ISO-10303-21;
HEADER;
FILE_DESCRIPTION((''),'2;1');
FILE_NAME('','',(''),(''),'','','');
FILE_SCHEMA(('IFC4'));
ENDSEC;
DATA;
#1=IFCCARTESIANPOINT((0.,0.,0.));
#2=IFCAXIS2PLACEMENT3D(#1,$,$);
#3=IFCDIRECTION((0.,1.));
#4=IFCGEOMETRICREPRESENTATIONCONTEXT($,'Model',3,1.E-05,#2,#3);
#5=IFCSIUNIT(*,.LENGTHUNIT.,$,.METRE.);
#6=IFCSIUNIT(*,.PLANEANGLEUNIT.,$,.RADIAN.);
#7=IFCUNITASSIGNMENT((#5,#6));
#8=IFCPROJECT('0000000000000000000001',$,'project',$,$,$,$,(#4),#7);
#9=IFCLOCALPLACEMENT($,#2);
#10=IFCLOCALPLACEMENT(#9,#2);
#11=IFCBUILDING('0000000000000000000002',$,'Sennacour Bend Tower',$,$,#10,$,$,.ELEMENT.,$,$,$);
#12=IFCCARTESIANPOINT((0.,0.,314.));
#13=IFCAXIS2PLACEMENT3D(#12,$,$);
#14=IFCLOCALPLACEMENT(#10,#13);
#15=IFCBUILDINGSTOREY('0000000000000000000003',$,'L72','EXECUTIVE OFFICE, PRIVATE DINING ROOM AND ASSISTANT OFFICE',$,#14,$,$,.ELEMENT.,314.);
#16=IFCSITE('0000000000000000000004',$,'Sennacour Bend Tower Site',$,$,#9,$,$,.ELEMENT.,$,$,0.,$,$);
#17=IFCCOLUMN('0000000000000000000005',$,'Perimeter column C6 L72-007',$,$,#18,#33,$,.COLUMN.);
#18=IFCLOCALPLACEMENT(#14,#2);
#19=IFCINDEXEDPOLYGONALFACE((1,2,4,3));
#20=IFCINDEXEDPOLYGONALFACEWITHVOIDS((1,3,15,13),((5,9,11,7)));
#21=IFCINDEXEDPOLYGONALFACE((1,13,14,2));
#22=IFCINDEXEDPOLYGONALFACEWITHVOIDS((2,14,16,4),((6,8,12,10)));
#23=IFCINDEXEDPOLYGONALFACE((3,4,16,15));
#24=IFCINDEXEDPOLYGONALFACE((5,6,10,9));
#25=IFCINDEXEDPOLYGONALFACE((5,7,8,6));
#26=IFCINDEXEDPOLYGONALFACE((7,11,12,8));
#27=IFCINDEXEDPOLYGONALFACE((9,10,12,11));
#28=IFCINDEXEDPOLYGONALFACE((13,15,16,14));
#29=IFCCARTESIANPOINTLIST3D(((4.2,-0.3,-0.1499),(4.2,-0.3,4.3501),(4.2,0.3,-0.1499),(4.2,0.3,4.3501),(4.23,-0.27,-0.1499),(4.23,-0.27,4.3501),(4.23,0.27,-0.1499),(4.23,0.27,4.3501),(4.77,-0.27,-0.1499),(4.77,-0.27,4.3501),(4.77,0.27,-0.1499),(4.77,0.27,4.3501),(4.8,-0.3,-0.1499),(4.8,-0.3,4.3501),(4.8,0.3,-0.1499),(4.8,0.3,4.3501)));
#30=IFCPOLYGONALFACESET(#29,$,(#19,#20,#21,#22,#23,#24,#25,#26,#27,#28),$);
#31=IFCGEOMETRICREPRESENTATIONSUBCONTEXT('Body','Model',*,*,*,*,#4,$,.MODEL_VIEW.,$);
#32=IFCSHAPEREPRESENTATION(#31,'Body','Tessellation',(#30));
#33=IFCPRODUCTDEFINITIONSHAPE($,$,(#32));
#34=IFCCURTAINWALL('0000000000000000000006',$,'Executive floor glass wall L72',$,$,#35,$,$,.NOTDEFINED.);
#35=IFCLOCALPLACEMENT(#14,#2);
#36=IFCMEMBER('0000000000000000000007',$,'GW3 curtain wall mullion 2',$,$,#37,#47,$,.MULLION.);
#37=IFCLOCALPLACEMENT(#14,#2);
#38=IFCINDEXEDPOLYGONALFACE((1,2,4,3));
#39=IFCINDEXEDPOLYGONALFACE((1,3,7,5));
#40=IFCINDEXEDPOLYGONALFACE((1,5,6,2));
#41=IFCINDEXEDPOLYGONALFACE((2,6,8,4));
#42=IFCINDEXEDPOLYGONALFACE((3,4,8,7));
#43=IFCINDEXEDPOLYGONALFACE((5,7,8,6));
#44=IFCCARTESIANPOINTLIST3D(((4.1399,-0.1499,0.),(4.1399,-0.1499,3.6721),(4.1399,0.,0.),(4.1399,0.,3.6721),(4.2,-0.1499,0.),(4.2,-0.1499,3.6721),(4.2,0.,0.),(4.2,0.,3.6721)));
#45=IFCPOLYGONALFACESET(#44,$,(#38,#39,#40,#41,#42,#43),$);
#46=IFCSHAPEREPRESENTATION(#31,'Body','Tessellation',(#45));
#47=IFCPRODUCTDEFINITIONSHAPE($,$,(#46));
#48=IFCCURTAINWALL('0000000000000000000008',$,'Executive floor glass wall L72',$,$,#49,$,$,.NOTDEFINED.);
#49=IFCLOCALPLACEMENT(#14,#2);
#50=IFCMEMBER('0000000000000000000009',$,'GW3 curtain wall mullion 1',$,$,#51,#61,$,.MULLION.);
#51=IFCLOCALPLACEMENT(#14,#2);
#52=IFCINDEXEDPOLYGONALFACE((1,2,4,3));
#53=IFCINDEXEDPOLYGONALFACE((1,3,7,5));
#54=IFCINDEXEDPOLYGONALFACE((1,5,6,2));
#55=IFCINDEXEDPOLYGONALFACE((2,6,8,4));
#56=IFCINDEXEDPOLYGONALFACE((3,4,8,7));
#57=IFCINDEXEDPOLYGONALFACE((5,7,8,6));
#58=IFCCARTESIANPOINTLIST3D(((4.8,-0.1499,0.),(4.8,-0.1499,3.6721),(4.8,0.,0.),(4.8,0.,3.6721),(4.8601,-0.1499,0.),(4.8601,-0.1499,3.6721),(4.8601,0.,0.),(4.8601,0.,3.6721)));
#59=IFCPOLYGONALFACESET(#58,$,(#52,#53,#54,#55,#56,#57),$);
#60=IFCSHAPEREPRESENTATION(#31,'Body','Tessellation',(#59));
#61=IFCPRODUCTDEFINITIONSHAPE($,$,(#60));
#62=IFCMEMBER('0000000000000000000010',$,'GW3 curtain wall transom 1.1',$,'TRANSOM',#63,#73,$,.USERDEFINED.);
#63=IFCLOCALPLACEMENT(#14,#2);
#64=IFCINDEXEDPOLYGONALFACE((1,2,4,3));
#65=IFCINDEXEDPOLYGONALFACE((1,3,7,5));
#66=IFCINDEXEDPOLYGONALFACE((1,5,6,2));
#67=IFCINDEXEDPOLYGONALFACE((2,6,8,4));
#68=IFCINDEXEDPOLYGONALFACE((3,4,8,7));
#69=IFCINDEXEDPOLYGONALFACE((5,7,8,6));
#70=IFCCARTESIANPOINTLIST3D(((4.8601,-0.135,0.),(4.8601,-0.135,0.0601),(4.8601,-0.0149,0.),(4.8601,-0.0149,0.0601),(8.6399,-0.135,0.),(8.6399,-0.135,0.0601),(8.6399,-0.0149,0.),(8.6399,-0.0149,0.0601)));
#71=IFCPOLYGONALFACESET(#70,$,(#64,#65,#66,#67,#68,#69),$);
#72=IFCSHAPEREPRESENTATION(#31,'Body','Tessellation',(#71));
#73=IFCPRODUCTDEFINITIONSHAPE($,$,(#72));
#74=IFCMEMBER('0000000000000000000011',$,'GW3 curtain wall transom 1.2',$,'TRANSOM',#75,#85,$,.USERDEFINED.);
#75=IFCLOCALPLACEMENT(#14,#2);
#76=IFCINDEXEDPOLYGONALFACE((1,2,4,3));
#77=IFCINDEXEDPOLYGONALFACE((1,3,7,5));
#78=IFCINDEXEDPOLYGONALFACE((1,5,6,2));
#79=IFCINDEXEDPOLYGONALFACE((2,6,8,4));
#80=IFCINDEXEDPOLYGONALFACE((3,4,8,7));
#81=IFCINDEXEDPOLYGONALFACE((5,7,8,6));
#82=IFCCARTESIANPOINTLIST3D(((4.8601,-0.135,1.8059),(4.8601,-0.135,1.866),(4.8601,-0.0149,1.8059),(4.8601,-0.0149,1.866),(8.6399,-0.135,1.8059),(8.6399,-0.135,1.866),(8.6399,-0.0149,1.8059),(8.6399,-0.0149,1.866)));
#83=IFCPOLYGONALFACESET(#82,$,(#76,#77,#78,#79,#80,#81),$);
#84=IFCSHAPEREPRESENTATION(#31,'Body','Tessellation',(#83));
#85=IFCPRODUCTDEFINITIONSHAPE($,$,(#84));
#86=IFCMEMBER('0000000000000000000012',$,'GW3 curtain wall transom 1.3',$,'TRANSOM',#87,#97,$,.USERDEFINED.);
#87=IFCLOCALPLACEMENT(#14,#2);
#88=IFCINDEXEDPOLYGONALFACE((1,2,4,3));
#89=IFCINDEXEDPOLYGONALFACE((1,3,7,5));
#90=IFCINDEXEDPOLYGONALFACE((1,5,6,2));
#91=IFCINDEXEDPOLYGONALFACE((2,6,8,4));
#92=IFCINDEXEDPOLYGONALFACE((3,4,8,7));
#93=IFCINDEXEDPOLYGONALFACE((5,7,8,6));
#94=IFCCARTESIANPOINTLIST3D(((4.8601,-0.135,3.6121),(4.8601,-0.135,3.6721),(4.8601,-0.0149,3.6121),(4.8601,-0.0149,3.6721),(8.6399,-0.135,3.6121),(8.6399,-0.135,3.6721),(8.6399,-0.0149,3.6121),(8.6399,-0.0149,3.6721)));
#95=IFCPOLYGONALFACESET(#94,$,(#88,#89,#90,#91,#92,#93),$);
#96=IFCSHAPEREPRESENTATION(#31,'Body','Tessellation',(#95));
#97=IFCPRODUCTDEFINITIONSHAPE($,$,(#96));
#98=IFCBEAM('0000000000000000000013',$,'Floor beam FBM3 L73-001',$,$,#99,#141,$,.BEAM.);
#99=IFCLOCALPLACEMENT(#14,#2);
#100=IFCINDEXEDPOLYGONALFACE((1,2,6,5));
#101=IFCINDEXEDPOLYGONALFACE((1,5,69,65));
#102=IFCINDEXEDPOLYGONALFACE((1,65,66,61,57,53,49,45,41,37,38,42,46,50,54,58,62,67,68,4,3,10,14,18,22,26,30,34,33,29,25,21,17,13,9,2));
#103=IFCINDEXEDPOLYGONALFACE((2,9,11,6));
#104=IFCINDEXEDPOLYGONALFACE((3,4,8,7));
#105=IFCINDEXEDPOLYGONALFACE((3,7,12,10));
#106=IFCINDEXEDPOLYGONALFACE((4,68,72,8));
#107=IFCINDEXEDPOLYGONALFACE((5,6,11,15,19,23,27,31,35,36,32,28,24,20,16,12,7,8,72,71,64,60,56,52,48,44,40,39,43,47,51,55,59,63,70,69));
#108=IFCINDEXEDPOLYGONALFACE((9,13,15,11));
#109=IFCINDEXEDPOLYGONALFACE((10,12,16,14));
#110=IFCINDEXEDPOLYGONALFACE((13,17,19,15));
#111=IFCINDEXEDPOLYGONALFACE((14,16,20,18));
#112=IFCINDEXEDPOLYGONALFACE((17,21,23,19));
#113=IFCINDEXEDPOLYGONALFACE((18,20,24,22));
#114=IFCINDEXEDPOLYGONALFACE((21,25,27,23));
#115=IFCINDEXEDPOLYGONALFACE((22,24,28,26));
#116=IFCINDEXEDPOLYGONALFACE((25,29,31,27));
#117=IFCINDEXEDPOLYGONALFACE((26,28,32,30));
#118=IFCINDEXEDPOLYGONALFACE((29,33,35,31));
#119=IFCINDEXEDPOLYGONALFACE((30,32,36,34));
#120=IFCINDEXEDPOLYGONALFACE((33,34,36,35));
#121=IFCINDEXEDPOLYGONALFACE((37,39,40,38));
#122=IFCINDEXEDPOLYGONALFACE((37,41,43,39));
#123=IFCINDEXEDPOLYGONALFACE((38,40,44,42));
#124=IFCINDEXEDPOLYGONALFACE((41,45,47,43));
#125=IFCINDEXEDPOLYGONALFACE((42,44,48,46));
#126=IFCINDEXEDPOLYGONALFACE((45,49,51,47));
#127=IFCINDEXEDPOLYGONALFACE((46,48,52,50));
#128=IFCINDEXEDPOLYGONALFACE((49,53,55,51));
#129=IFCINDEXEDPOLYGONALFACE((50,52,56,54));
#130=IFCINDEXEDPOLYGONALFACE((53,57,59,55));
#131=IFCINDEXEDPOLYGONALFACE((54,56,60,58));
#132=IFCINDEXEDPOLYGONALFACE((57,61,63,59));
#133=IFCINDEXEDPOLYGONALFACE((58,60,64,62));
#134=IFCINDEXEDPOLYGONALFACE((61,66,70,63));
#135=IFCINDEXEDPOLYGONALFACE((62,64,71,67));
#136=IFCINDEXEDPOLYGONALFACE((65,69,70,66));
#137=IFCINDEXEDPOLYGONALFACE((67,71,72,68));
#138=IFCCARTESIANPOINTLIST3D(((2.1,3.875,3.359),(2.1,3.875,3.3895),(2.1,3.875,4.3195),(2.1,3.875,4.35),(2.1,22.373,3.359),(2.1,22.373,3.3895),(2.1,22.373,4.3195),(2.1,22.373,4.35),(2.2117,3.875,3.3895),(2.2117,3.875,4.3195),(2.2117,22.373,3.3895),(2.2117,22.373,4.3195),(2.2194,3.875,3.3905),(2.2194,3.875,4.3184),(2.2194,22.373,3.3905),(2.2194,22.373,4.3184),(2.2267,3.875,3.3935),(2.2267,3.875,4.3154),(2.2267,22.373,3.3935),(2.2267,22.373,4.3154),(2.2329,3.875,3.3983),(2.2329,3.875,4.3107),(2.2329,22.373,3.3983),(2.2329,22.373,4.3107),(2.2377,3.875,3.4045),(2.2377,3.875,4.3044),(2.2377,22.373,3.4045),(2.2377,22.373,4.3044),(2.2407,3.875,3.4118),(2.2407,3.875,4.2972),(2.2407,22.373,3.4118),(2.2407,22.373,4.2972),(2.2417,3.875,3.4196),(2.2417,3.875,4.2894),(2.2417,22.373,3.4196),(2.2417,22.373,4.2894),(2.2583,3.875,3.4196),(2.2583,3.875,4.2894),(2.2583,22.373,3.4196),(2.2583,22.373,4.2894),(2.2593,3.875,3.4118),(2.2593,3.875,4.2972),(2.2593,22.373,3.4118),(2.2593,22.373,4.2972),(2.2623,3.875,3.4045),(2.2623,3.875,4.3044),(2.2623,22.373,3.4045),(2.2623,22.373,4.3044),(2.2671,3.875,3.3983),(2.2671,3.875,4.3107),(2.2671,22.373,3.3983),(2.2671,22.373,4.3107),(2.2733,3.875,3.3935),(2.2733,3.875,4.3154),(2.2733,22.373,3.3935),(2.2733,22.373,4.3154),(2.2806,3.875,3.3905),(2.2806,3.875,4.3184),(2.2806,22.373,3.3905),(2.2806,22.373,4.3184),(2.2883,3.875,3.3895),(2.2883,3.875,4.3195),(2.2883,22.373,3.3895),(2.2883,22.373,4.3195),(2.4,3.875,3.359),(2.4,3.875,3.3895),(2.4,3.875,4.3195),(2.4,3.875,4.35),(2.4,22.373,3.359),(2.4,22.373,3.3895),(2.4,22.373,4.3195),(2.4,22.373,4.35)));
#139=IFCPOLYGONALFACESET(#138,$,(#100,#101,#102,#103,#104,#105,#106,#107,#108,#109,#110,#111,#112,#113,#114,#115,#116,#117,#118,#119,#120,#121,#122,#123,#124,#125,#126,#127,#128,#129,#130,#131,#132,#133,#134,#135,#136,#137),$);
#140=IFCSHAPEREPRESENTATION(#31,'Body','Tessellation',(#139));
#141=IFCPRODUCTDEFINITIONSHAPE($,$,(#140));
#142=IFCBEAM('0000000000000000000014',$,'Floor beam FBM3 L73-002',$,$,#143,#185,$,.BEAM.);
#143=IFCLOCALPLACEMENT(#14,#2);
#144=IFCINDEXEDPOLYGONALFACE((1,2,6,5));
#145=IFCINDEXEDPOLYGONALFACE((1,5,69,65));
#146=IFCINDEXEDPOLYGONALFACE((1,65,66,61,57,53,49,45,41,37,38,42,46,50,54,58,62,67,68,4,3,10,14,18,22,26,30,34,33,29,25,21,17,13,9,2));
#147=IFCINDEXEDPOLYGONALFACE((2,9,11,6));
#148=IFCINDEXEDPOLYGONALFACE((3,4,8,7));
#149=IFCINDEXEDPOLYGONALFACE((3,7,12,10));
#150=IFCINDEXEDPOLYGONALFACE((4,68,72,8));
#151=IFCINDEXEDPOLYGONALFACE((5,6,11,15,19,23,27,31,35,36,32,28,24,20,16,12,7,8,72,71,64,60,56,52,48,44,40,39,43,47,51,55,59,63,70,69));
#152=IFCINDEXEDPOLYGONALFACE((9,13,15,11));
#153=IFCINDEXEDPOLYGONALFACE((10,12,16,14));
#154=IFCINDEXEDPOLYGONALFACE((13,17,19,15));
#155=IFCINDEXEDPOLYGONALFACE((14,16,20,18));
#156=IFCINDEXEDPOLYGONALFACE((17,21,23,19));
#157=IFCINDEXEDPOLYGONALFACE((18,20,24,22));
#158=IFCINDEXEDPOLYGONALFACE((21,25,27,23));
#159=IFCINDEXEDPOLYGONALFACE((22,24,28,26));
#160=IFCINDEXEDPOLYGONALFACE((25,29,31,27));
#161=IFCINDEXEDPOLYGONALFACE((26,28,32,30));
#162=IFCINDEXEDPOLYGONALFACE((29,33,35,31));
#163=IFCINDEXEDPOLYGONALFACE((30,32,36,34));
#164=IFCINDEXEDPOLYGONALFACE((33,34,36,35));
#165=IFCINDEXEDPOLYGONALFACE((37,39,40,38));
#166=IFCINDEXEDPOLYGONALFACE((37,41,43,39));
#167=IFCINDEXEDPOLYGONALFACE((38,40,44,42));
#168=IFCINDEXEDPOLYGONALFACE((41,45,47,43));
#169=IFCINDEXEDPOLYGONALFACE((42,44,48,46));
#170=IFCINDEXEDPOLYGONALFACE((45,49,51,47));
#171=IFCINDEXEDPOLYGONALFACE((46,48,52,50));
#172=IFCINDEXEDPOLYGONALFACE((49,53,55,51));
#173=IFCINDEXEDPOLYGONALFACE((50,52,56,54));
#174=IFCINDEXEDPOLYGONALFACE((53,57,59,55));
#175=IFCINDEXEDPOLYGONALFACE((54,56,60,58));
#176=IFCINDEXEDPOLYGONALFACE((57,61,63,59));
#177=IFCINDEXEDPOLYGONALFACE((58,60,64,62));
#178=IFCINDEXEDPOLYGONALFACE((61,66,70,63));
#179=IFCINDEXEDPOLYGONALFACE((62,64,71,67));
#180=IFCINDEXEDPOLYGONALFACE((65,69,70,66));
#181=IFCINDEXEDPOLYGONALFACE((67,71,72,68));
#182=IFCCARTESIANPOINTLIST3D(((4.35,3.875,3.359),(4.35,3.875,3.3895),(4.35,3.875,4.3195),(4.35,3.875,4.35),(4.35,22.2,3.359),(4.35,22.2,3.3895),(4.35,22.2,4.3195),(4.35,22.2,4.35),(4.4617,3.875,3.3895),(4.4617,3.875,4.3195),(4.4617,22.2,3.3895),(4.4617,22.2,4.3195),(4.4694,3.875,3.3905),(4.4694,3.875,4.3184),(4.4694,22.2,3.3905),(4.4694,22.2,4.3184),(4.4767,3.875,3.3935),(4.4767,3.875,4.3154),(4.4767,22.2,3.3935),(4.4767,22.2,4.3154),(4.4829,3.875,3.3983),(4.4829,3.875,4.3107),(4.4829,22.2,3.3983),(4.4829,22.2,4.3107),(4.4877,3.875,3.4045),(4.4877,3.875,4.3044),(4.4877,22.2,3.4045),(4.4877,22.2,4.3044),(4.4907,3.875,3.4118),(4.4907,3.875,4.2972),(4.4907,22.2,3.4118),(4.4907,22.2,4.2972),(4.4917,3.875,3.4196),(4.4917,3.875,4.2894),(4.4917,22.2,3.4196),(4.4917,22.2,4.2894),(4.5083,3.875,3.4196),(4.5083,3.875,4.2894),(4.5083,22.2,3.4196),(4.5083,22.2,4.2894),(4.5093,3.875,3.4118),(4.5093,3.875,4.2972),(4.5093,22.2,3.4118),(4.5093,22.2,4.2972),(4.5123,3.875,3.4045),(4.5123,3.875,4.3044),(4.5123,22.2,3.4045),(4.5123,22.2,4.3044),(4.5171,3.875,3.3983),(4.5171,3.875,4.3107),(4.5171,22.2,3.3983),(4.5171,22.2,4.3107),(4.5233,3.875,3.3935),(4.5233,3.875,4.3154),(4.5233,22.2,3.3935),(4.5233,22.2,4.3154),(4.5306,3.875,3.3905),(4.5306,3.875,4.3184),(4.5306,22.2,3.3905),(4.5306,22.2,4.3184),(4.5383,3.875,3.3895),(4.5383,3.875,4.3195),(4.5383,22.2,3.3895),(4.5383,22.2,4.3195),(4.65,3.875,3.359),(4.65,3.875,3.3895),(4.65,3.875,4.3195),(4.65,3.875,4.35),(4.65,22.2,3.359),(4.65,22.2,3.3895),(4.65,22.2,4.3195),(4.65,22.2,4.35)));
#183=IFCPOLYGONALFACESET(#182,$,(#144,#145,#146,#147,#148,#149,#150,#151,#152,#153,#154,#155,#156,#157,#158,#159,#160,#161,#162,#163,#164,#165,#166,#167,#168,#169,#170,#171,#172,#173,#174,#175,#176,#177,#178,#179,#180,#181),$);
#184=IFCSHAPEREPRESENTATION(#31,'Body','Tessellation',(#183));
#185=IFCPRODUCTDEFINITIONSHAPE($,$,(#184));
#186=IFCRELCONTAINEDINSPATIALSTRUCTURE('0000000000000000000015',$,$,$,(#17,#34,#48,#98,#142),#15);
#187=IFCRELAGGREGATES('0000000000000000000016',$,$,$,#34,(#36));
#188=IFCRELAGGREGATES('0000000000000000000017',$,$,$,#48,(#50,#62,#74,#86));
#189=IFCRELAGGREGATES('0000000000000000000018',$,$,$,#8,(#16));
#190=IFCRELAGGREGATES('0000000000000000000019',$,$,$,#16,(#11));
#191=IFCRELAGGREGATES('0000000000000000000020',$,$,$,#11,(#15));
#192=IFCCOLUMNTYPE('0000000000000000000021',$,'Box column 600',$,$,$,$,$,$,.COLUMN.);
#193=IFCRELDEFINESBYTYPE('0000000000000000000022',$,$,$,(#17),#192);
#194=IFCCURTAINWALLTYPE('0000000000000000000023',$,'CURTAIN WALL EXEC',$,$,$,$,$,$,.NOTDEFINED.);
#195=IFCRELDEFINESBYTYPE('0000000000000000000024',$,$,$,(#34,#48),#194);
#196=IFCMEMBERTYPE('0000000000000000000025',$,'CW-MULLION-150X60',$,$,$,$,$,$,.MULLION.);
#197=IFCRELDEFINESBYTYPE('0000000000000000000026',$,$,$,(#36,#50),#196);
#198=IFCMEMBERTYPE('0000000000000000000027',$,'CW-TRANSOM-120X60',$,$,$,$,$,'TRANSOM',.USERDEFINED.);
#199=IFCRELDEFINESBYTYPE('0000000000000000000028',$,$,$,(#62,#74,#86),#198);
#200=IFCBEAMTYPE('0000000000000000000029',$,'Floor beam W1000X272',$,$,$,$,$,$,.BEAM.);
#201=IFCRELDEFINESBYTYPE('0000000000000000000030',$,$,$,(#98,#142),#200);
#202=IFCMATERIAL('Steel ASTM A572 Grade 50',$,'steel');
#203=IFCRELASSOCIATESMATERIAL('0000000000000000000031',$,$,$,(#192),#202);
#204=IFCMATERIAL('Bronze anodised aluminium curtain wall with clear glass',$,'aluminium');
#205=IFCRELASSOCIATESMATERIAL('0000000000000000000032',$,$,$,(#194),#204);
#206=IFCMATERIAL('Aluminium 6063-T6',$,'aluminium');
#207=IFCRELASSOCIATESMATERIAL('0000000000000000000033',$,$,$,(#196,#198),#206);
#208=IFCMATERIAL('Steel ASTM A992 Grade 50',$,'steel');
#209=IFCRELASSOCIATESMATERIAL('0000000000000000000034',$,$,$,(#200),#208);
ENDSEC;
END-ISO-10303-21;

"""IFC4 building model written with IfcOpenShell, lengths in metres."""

from ifc_helpers import new_model, si_unit, direction, frame, origin, origin_2d, place, context, subcontext, project, spatial, rectangle, hollow_rectangle, i_section, extrude, material, material_profile, profile_set, type_object, element, aggregate, save


model = new_model("IFC4")

# Units and contexts
model_context = context("Model", 3, precision=1e-05, world=origin(), true_north=direction((0.0, 1.0)))
body_context = subcontext(model_context, "Body", "Model", "MODEL_VIEW")
ifc_project = project(units=[si_unit("LENGTHUNIT", "METRE"), si_unit("PLANEANGLEUNIT", "RADIAN")], contexts=[model_context])

# Site, building, storey
site_placement = place(None, origin())
site = spatial("IfcSite", under=ifc_project, at=site_placement, Name="Sennacour Bend Tower Site", CompositionType="ELEMENT", RefElevation=0.0)
building_placement = place(site_placement, origin())
building = spatial("IfcBuilding", under=site, at=building_placement, Name="Sennacour Bend Tower", CompositionType="ELEMENT")
storey_placement = place(building_placement, frame((0.0, 0.0, 314.0)))
storey = spatial("IfcBuildingStorey", under=building, at=storey_placement, Name="L72", Description="EXECUTIVE OFFICE, PRIVATE DINING ROOM AND ASSISTANT OFFICE", CompositionType="ELEMENT", Elevation=314.0)

# Column
ifc_material_1 = material(Name="Steel ASTM A572 Grade 50", Category="steel")
ifc_material_profile_1 = material_profile(ifc_material_1, hollow_rectangle(XDim=0.6001, YDim=0.6001, WallThickness=0.03, at=origin_2d()), Name="Steel ASTM A572 Grade 50", Category="steel")
ifc_profile_set_1 = profile_set([ifc_material_profile_1], Name="Steel ASTM A572 Grade 50")
column_type = type_object("IfcColumnType", Name="Box column 600", PredefinedType="COLUMN", material=ifc_profile_set_1)
column_placement = place(storey_placement, frame((4.5, 0.0, -0.1499), z_axis=(0.0, 0.0, 1.0), x_axis=(1.0, 0.0, 0.0)))
element("IfcColumn", 1, at=column_placement, inside=storey, type_object=column_type, Name="Perimeter column C6 L72-007", PredefinedType="COLUMN", context=body_context, shape_type="SweptSolid", body=[
    extrude(hollow_rectangle(XDim=0.6001, YDim=0.6001, WallThickness=0.03, at=origin_2d()), origin(), (0.0, 0.0, 1.0), 4.5),
])

# Curtain wall, member
ifc_material_2 = material(Name="Bronze anodised aluminium curtain wall with clear glass", Category="aluminium")
curtain_wall_type = type_object("IfcCurtainWallType", Name="CURTAIN WALL EXEC", PredefinedType="NOTDEFINED", material=ifc_material_2)
curtain_wall_1_placement = place(storey_placement, origin())
curtain_wall_1 = element("IfcCurtainWall", 2, at=curtain_wall_1_placement, inside=storey, type_object=curtain_wall_type, Name="Executive floor glass wall L72", PredefinedType="NOTDEFINED")
ifc_material_3 = material(Name="Aluminium 6063-T6", Category="aluminium")
ifc_material_profile_2 = material_profile(ifc_material_3, rectangle(XDim=0.1499, YDim=0.0601, at=origin_2d()), Name="Aluminium 6063-T6", Category="aluminium")
ifc_profile_set_2 = profile_set([ifc_material_profile_2], Name="Aluminium 6063-T6")
member_type_1 = type_object("IfcMemberType", Name="CW-MULLION-150X60", PredefinedType="MULLION", material=ifc_profile_set_2)
member_1_placement = place(storey_placement, frame((4.1699, -0.075, 0.0), z_axis=(0.0, 0.0, 1.0), x_axis=(0.0, 1.0, 0.0)))
member_1 = element("IfcMember", 3, at=member_1_placement, type_object=member_type_1, Name="GW3 curtain wall mullion 2", PredefinedType="MULLION", context=body_context, shape_type="SweptSolid", body=[
    extrude(rectangle(XDim=0.1499, YDim=0.0601, at=origin_2d()), origin(), (0.0, 0.0, 1.0), 3.6721),
])

# Curtain wall, members
curtain_wall_2_placement = place(storey_placement, origin())
curtain_wall_2 = element("IfcCurtainWall", 4, at=curtain_wall_2_placement, inside=storey, type_object=curtain_wall_type, Name="Executive floor glass wall L72", PredefinedType="NOTDEFINED")
member_2_placement = place(storey_placement, frame((4.8301, -0.075, 0.0), z_axis=(0.0, 0.0, 1.0), x_axis=(0.0, 1.0, 0.0)))
member_2 = element("IfcMember", 5, at=member_2_placement, type_object=member_type_1, Name="GW3 curtain wall mullion 1", PredefinedType="MULLION", context=body_context, shape_type="SweptSolid", body=[
    extrude(rectangle(XDim=0.1499, YDim=0.0601, at=origin_2d()), origin(), (0.0, 0.0, 1.0), 3.6721),
])
ifc_material_profile_3 = material_profile(ifc_material_3, rectangle(XDim=0.1201, YDim=0.0601, at=origin_2d()), Name="Aluminium 6063-T6", Category="aluminium")
ifc_profile_set_3 = profile_set([ifc_material_profile_3], Name="Aluminium 6063-T6")
member_type_2 = type_object("IfcMemberType", Name="CW-TRANSOM-120X60", ElementType="TRANSOM", PredefinedType="USERDEFINED", material=ifc_profile_set_3)
member_3_placement = place(storey_placement, frame((4.8601, -0.075, 0.03), z_axis=(1.0, 0.0, 0.0), x_axis=(0.0, 1.0, 0.0)))
member_3 = element("IfcMember", 6, at=member_3_placement, type_object=member_type_2, Name="GW3 curtain wall transom 1.1", ObjectType="TRANSOM", PredefinedType="USERDEFINED", context=body_context, shape_type="SweptSolid", body=[
    extrude(rectangle(XDim=0.1201, YDim=0.0601, at=origin_2d()), origin(), (0.0, 0.0, 1.0), 3.7798),
])
member_4_placement = place(storey_placement, frame((4.8601, -0.075, 1.8359), z_axis=(1.0, 0.0, 0.0), x_axis=(0.0, 1.0, 0.0)))
member_4 = element("IfcMember", 7, at=member_4_placement, type_object=member_type_2, Name="GW3 curtain wall transom 1.2", ObjectType="TRANSOM", PredefinedType="USERDEFINED", context=body_context, shape_type="SweptSolid", body=[
    extrude(rectangle(XDim=0.1201, YDim=0.0601, at=origin_2d()), origin(), (0.0, 0.0, 1.0), 3.7798),
])
member_5_placement = place(storey_placement, frame((4.8601, -0.075, 3.6421), z_axis=(1.0, 0.0, 0.0), x_axis=(0.0, 1.0, 0.0)))
member_5 = element("IfcMember", 8, at=member_5_placement, type_object=member_type_2, Name="GW3 curtain wall transom 1.3", ObjectType="TRANSOM", PredefinedType="USERDEFINED", context=body_context, shape_type="SweptSolid", body=[
    extrude(rectangle(XDim=0.1201, YDim=0.0601, at=origin_2d()), origin(), (0.0, 0.0, 1.0), 3.7798),
])

# Beams
ifc_material_4 = material(Name="Steel ASTM A992 Grade 50", Category="steel")
ifc_material_profile_4 = material_profile(ifc_material_4, i_section(OverallWidth=0.3, OverallDepth=0.991, WebThickness=0.0166, FlangeThickness=0.0305, FilletRadius=0.03, at=origin_2d()), Name="Steel ASTM A992 Grade 50", Category="steel")
ifc_profile_set_4 = profile_set([ifc_material_profile_4], Name="Steel ASTM A992 Grade 50")
beam_type_1 = type_object("IfcBeamType", Name="Floor beam W1000X272", PredefinedType="BEAM", material=ifc_profile_set_4)
beam_1_placement = place(storey_placement, frame((2.25, 3.875, 3.8545), z_axis=(0.0, 1.0, 0.0), x_axis=(-1.0, 0.0, 0.0)))
element("IfcBeam", 9, at=beam_1_placement, inside=storey, type_object=beam_type_1, Name="Floor beam FBM3 L73-001", PredefinedType="BEAM", context=body_context, shape_type="SweptSolid", body=[
    extrude(i_section(OverallWidth=0.3, OverallDepth=0.991, WebThickness=0.0166, FlangeThickness=0.0305, FilletRadius=0.03, at=origin_2d()), origin(), (0.0, 0.0, 1.0), 18.498),
])
beam_2_placement = place(storey_placement, frame((4.5, 3.875, 3.8545), z_axis=(0.0, 1.0, 0.0), x_axis=(-1.0, 0.0, 0.0)))
element("IfcBeam", 10, at=beam_2_placement, inside=storey, type_object=beam_type_1, Name="Floor beam FBM3 L73-002", PredefinedType="BEAM", context=body_context, shape_type="SweptSolid", body=[
    extrude(i_section(OverallWidth=0.3, OverallDepth=0.991, WebThickness=0.0166, FlangeThickness=0.0305, FilletRadius=0.03, at=origin_2d()), origin(), (0.0, 0.0, 1.0), 18.325),
])

aggregate(curtain_wall_1, [member_1])
aggregate(curtain_wall_2, [member_2, member_3, member_4, member_5])

save(model, "model.ifc")
